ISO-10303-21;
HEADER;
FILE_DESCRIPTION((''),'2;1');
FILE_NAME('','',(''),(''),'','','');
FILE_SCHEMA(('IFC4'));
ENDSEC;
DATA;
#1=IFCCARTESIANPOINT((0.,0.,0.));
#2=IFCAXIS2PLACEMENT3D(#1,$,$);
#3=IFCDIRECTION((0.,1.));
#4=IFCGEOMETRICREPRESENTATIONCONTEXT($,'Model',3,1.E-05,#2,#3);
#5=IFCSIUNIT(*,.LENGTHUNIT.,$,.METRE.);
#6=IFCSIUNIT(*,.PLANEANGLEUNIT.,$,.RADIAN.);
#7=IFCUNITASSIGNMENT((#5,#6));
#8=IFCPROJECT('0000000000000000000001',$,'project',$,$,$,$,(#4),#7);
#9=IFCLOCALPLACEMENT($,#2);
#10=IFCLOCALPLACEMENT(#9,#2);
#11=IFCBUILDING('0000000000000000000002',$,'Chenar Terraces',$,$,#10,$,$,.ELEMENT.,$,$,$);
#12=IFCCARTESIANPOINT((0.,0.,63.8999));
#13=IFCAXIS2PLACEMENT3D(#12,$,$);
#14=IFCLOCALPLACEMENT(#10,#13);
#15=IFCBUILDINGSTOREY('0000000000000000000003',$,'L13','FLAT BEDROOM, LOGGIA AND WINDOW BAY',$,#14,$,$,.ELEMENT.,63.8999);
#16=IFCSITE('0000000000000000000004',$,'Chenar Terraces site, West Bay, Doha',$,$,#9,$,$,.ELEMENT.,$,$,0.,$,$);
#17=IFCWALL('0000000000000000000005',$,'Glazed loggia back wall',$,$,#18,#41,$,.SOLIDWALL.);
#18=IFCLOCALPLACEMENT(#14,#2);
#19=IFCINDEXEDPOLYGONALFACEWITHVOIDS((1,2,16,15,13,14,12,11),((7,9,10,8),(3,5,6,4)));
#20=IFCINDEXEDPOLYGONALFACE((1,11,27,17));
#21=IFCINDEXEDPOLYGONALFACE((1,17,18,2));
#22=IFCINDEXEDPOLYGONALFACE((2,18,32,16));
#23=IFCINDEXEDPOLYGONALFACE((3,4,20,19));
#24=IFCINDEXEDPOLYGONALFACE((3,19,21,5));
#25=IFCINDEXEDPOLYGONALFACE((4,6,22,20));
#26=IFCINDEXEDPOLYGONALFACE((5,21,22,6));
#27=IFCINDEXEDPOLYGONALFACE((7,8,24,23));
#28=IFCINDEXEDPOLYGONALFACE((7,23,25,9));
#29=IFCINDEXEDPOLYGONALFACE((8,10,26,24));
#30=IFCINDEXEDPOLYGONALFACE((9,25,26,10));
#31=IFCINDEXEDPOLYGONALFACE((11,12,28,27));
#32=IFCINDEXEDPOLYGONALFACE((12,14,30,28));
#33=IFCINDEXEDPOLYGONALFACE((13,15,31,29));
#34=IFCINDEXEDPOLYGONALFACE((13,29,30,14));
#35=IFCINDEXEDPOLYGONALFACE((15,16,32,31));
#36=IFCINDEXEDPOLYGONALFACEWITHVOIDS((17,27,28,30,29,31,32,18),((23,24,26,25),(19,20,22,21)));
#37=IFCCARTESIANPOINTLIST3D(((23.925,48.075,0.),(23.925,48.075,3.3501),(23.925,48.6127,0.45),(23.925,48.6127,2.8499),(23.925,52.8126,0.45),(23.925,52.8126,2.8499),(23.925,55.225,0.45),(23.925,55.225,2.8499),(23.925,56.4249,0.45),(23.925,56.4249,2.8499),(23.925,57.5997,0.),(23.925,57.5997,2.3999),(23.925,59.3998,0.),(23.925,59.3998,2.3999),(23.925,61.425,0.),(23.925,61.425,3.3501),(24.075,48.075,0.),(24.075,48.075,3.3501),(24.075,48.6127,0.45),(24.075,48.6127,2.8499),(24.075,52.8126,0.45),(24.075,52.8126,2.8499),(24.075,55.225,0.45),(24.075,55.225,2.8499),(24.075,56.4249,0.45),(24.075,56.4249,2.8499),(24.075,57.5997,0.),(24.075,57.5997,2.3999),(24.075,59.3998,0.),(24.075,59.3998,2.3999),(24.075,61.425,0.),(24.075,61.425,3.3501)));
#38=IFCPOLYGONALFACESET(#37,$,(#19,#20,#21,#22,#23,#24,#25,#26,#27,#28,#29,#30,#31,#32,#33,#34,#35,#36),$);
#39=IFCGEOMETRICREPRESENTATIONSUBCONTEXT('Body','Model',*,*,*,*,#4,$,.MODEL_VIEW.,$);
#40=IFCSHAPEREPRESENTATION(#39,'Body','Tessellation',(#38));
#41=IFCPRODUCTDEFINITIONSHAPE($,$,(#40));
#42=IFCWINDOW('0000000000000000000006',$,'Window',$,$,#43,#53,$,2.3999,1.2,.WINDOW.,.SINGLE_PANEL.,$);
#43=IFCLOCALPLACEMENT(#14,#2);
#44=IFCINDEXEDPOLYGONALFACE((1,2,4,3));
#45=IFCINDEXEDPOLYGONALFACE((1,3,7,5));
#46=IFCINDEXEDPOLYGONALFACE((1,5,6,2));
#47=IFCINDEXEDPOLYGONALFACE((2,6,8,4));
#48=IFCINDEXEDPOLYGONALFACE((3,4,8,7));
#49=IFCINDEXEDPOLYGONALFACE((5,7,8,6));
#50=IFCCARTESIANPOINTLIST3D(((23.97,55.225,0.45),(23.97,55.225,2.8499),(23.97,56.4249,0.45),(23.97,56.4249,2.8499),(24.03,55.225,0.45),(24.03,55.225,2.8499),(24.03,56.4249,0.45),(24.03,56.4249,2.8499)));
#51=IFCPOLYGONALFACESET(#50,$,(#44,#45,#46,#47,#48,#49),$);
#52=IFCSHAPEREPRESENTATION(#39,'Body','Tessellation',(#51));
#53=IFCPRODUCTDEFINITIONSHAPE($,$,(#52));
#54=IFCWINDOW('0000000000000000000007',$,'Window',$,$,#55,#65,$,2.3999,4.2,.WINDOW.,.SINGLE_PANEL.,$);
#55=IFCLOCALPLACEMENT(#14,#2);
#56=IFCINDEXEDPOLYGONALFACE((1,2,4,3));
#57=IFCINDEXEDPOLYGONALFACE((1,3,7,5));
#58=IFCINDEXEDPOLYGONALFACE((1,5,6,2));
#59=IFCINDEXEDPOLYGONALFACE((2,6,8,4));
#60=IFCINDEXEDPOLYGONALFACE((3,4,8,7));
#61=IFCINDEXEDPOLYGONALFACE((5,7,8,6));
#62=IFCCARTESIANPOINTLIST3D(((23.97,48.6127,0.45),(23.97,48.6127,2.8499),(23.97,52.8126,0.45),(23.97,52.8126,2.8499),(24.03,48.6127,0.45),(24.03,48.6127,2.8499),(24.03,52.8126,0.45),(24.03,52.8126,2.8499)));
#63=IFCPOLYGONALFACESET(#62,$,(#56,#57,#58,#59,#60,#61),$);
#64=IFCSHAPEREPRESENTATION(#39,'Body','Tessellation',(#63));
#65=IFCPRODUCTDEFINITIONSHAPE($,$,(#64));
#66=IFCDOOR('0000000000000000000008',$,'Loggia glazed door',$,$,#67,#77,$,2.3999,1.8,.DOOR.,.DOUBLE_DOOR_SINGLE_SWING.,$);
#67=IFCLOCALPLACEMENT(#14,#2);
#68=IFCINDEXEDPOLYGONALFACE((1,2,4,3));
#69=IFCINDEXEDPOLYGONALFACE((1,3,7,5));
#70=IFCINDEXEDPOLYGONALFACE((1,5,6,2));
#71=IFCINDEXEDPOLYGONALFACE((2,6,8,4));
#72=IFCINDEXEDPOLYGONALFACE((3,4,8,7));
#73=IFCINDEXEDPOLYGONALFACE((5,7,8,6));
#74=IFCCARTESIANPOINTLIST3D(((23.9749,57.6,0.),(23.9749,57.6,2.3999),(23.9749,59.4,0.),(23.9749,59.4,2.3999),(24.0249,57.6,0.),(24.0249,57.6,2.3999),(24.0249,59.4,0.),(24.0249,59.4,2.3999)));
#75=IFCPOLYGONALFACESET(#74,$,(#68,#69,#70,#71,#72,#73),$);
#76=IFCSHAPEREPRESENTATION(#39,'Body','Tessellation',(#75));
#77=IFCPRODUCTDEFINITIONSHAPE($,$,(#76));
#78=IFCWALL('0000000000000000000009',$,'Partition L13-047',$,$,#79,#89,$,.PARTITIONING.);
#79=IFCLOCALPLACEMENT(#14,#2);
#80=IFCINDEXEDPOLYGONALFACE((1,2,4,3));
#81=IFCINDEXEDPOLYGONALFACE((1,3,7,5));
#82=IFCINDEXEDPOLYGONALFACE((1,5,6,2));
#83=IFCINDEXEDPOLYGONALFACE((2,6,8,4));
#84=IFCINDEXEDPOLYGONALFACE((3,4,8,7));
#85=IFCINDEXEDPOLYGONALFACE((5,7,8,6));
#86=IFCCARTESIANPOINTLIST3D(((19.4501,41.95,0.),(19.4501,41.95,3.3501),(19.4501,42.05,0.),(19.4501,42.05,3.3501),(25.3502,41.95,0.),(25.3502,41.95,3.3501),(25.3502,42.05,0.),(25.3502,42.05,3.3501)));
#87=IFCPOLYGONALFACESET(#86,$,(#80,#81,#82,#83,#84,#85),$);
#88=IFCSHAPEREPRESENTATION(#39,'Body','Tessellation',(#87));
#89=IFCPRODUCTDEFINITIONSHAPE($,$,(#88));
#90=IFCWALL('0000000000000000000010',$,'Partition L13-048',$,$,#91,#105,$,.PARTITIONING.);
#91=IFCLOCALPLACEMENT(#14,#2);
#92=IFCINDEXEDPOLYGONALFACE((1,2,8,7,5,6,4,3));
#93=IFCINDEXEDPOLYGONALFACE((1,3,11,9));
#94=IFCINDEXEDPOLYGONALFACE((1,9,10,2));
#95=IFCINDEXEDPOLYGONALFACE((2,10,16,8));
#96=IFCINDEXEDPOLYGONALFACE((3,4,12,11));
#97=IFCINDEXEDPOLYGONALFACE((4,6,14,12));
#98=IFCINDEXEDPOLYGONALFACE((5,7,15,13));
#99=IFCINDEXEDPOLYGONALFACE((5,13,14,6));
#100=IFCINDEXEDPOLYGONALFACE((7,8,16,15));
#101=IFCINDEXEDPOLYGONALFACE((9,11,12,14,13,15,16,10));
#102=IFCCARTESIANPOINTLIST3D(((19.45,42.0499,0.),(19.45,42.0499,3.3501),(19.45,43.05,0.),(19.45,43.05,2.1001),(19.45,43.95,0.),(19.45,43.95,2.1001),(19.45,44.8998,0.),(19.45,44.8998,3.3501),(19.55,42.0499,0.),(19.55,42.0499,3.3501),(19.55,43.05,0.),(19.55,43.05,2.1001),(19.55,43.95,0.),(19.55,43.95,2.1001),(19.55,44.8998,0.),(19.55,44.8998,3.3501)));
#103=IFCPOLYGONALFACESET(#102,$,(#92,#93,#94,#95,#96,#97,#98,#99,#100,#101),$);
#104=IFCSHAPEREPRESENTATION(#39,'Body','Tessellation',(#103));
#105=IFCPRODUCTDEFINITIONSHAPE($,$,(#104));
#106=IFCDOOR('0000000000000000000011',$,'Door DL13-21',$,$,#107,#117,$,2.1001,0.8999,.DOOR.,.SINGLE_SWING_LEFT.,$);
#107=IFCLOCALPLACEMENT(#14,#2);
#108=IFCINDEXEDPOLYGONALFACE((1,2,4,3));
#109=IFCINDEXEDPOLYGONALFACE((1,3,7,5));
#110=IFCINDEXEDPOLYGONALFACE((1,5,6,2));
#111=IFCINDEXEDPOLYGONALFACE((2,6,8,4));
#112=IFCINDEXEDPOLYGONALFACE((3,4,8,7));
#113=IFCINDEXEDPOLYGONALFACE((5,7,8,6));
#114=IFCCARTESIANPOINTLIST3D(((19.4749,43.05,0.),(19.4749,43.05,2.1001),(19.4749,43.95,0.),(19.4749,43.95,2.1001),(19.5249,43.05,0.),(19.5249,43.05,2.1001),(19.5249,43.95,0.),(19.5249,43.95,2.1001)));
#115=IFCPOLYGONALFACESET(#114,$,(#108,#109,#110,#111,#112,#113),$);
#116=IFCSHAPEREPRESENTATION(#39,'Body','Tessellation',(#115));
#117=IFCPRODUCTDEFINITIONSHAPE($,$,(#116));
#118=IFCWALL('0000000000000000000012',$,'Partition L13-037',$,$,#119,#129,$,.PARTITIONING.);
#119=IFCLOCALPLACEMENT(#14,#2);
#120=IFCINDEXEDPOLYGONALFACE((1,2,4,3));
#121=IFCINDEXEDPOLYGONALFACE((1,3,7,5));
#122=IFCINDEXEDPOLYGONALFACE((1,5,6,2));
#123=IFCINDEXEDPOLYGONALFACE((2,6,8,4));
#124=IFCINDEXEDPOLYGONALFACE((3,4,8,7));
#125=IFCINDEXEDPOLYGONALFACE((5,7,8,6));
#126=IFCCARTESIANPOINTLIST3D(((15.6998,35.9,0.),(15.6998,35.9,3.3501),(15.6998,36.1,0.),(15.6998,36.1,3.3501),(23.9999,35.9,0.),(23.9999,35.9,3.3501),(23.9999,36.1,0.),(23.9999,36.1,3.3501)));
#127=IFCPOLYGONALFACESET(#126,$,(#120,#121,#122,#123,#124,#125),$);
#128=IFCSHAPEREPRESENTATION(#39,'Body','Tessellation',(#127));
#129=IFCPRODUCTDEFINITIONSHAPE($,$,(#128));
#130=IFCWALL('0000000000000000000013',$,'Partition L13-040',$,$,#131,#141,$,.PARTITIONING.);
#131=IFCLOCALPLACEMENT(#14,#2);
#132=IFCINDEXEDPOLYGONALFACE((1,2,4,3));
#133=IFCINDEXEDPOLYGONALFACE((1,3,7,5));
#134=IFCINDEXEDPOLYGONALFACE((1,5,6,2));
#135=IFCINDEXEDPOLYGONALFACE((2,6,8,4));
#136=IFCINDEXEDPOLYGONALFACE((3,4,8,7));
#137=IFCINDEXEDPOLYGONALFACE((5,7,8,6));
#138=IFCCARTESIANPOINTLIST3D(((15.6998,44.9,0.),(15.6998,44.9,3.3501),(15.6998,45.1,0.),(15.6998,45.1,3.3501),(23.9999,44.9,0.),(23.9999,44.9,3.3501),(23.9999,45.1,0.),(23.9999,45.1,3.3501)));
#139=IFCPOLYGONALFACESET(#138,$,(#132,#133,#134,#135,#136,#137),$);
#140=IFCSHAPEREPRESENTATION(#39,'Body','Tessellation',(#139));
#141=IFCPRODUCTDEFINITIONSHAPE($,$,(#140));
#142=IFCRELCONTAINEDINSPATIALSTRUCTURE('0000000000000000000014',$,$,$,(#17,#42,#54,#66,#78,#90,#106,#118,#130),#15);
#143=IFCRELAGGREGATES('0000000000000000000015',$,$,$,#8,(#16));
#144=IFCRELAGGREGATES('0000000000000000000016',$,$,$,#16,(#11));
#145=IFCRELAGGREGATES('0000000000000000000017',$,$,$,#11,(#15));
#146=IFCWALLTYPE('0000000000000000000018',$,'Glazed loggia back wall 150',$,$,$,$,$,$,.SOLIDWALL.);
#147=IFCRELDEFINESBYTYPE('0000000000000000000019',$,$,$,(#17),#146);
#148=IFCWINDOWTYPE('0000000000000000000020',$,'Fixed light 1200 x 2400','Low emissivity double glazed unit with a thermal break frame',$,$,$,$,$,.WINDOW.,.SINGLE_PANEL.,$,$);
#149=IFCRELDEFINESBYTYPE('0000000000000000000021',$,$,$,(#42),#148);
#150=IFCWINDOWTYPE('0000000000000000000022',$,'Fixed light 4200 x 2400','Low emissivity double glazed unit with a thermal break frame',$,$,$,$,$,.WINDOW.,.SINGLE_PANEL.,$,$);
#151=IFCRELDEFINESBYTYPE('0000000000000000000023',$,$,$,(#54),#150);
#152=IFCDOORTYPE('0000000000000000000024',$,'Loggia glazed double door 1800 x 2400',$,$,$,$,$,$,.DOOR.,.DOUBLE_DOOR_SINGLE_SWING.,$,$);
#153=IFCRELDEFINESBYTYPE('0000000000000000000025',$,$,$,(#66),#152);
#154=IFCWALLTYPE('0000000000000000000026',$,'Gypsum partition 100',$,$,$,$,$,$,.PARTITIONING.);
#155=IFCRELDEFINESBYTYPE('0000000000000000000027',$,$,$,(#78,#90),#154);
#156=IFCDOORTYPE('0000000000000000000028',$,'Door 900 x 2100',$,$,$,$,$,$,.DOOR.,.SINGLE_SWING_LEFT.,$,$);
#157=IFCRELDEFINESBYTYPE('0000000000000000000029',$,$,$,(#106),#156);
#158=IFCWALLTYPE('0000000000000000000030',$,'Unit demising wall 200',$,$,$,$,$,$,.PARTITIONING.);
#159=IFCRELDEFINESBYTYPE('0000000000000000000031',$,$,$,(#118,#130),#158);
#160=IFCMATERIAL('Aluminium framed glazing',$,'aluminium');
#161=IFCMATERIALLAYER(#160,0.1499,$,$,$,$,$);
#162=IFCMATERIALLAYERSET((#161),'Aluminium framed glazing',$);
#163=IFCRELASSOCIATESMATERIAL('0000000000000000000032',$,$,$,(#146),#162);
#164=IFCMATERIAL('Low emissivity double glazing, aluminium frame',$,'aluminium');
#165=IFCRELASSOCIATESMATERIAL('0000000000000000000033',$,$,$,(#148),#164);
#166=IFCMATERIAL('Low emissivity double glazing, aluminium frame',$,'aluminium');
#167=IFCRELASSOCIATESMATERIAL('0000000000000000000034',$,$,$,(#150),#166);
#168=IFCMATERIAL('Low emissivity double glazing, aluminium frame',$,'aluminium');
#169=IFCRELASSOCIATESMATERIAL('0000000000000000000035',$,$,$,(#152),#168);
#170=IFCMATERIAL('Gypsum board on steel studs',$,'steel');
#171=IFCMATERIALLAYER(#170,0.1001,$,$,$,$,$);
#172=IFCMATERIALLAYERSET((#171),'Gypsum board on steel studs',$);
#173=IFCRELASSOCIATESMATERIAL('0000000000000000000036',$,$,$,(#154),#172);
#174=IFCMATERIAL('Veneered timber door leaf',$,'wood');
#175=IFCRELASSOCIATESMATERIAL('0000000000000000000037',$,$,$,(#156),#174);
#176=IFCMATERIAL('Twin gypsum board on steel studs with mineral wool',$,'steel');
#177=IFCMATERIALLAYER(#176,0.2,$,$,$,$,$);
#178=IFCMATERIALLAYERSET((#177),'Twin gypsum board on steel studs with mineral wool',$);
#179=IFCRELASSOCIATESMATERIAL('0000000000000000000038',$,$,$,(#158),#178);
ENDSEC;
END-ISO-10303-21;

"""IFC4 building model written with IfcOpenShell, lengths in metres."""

from ifc_helpers import new_model, si_unit, direction, frame, frame_2d, origin, place, context, subcontext, project, spatial, rectangle, extrude, material, layer, layer_set, type_object, element, fill, save


model = new_model("IFC4")

# Units and contexts
model_context = context("Model", 3, precision=1e-05, world=origin(), true_north=direction((0.0, 1.0)))
body_context = subcontext(model_context, "Body", "Model", "MODEL_VIEW")
ifc_project = project(units=[si_unit("LENGTHUNIT", "METRE"), si_unit("PLANEANGLEUNIT", "RADIAN")], contexts=[model_context])

# Site, building, storey
site_placement = place(None, origin())
site = spatial("IfcSite", under=ifc_project, at=site_placement, Name="Chenar Terraces site, West Bay, Doha", CompositionType="ELEMENT", RefElevation=0.0)
building_placement = place(site_placement, origin())
building = spatial("IfcBuilding", under=site, at=building_placement, Name="Chenar Terraces", CompositionType="ELEMENT")
storey_placement = place(building_placement, frame((0.0, 0.0, 63.8999)))
storey = spatial("IfcBuildingStorey", under=building, at=storey_placement, Name="L13", Description="FLAT BEDROOM, LOGGIA AND WINDOW BAY", CompositionType="ELEMENT", Elevation=63.8999)

# Wall, openings, windows, door
ifc_material_1 = material(Name="Aluminium framed glazing", Category="aluminium")
ifc_layer_1 = layer(ifc_material_1, 0.1499)
ifc_layer_set_1 = layer_set([ifc_layer_1], Name="Aluminium framed glazing")
wall_type_1 = type_object("IfcWallType", Name="Glazed loggia back wall 150", PredefinedType="SOLIDWALL", material=ifc_layer_set_1)
wall_1_placement = place(storey_placement, frame((24.0, 48.075, 0.0), z_axis=(0.0, 0.0, 1.0), x_axis=(0.0, 1.0, 0.0)))
wall_1 = element("IfcWall", 1, at=wall_1_placement, inside=storey, type_object=wall_type_1, Name="Glazed loggia back wall", PredefinedType="SOLIDWALL", context=body_context, shape_type="SweptSolid", body=[
    extrude(rectangle(XDim=13.3501, YDim=0.1499, at=frame_2d((6.675, 0.0))), origin(), (0.0, 0.0, 1.0), 3.3501),
])
opening_1_placement = place(wall_1_placement, frame((0.5376, 0.0, 0.45)))
opening_1 = element("IfcOpeningElement", 2, at=opening_1_placement, cuts=wall_1, PredefinedType="OPENING", context=body_context, shape_type="SweptSolid", body=[
    extrude(rectangle(XDim=4.2, YDim=2.3999, at=frame_2d((2.1001, 1.2))), frame((0.0, 0.085, 0.0), z_axis=(0.0, -1.0, 0.0), x_axis=(1.0, 0.0, 0.0)), (0.0, 0.0, 1.0), 0.1699),
])
opening_2_placement = place(wall_1_placement, frame((7.1499, 0.0, 0.45)))
opening_2 = element("IfcOpeningElement", 3, at=opening_2_placement, cuts=wall_1, PredefinedType="OPENING", context=body_context, shape_type="SweptSolid", body=[
    extrude(rectangle(XDim=1.2, YDim=2.3999, at=frame_2d((0.6001, 1.2))), frame((0.0, 0.085, 0.0), z_axis=(0.0, -1.0, 0.0), x_axis=(1.0, 0.0, 0.0)), (0.0, 0.0, 1.0), 0.1699),
])
opening_3_placement = place(wall_1_placement, frame((9.5249, 0.0, 0.0)))
opening_3 = element("IfcOpeningElement", 4, at=opening_3_placement, cuts=wall_1, PredefinedType="OPENING", context=body_context, shape_type="SweptSolid", body=[
    extrude(rectangle(XDim=1.8, YDim=2.3999, at=frame_2d((0.8999, 1.2))), frame((0.0, 0.085, 0.0), z_axis=(0.0, -1.0, 0.0), x_axis=(1.0, 0.0, 0.0)), (0.0, 0.0, 1.0), 0.1699),
])
ifc_material_2 = material(Name="Low emissivity double glazing, aluminium frame", Category="aluminium")
window_type_1 = type_object("IfcWindowType", Name="Fixed light 1200 x 2400", Description="Low emissivity double glazed unit with a thermal break frame", PartitioningType="SINGLE_PANEL", PredefinedType="WINDOW", material=ifc_material_2)
window_1_placement = place(opening_2_placement, origin())
window_1 = element("IfcWindow", 5, at=window_1_placement, inside=storey, type_object=window_type_1, Name="Window", OverallHeight=2.3999, OverallWidth=1.2, PartitioningType="SINGLE_PANEL", PredefinedType="WINDOW", context=body_context, shape_type="SweptSolid", body=[
    extrude(rectangle(XDim=1.2, YDim=2.3999, at=frame_2d((0.6001, 1.2))), frame((0.0, 0.03, 0.0), z_axis=(0.0, -1.0, 0.0), x_axis=(1.0, 0.0, 0.0)), (0.0, 0.0, 1.0), 0.0601),
])
fill(opening_2, window_1)
ifc_material_3 = material(Name="Low emissivity double glazing, aluminium frame", Category="aluminium")
window_type_2 = type_object("IfcWindowType", Name="Fixed light 4200 x 2400", Description="Low emissivity double glazed unit with a thermal break frame", PartitioningType="SINGLE_PANEL", PredefinedType="WINDOW", material=ifc_material_3)
window_2_placement = place(opening_1_placement, origin())
window_2 = element("IfcWindow", 6, at=window_2_placement, inside=storey, type_object=window_type_2, Name="Window", OverallHeight=2.3999, OverallWidth=4.2, PartitioningType="SINGLE_PANEL", PredefinedType="WINDOW", context=body_context, shape_type="SweptSolid", body=[
    extrude(rectangle(XDim=4.2, YDim=2.3999, at=frame_2d((2.1001, 1.2))), frame((0.0, 0.03, 0.0), z_axis=(0.0, -1.0, 0.0), x_axis=(1.0, 0.0, 0.0)), (0.0, 0.0, 1.0), 0.0601),
])
fill(opening_1, window_2)
ifc_material_4 = material(Name="Low emissivity double glazing, aluminium frame", Category="aluminium")
door_type_1 = type_object("IfcDoorType", Name="Loggia glazed double door 1800 x 2400", OperationType="DOUBLE_DOOR_SINGLE_SWING", PredefinedType="DOOR", material=ifc_material_4)
door_1_placement = place(opening_3_placement, frame((1.8, 0.0, 0.0), z_axis=(0.0, 0.0, 1.0), x_axis=(-1.0, 0.0, 0.0)))
door_1 = element("IfcDoor", 7, at=door_1_placement, inside=storey, type_object=door_type_1, Name="Loggia glazed door", OperationType="DOUBLE_DOOR_SINGLE_SWING", OverallHeight=2.3999, OverallWidth=1.8, PredefinedType="DOOR", context=body_context, shape_type="SweptSolid", body=[
    extrude(rectangle(XDim=1.8, YDim=2.3999, at=frame_2d((0.8999, 1.2))), frame((0.0, 0.0249, 0.0), z_axis=(0.0, -1.0, 0.0), x_axis=(1.0, 0.0, 0.0)), (0.0, 0.0, 1.0), 0.05),
])
fill(opening_3, door_1)

# Wall
ifc_material_5 = material(Name="Gypsum board on steel studs", Category="steel")
ifc_layer_2 = layer(ifc_material_5, 0.1001)
ifc_layer_set_2 = layer_set([ifc_layer_2], Name="Gypsum board on steel studs")
wall_type_2 = type_object("IfcWallType", Name="Gypsum partition 100", PredefinedType="PARTITIONING", material=ifc_layer_set_2)
wall_2_placement = place(storey_placement, frame((19.45, 42.0, 0.0), z_axis=(0.0, 0.0, 1.0), x_axis=(1.0, 0.0, 0.0)))
element("IfcWall", 8, at=wall_2_placement, inside=storey, type_object=wall_type_2, Name="Partition L13-047", PredefinedType="PARTITIONING", context=body_context, shape_type="SweptSolid", body=[
    extrude(rectangle(XDim=5.9001, YDim=0.1001, at=frame_2d((2.9502, 0.0))), origin(), (0.0, 0.0, 1.0), 3.3501),
])

# Wall, opening, door
wall_3_placement = place(storey_placement, frame((19.5, 42.05, 0.0), z_axis=(0.0, 0.0, 1.0), x_axis=(0.0, 1.0, 0.0)))
wall_3 = element("IfcWall", 9, at=wall_3_placement, inside=storey, type_object=wall_type_2, Name="Partition L13-048", PredefinedType="PARTITIONING", context=body_context, shape_type="SweptSolid", body=[
    extrude(rectangle(XDim=2.8499, YDim=0.1001, at=frame_2d((1.4248, 0.0))), origin(), (0.0, 0.0, 1.0), 3.3501),
])
opening_4_placement = place(wall_3_placement, frame((1.0, 0.0, 0.0)))
opening_4 = element("IfcOpeningElement", 10, at=opening_4_placement, cuts=wall_3, PredefinedType="OPENING", context=body_context, shape_type="SweptSolid", body=[
    extrude(rectangle(XDim=0.8999, YDim=2.1001, at=frame_2d((0.45, 1.05))), frame((0.0, 0.0601, 0.0), z_axis=(0.0, -1.0, 0.0), x_axis=(1.0, 0.0, 0.0)), (0.0, 0.0, 1.0), 0.1201),
])
ifc_material_6 = material(Name="Veneered timber door leaf", Category="wood")
door_type_2 = type_object("IfcDoorType", Name="Door 900 x 2100", OperationType="SINGLE_SWING_LEFT", PredefinedType="DOOR", material=ifc_material_6)
door_2_placement = place(opening_4_placement, frame((0.8999, 0.0, 0.0), z_axis=(0.0, 0.0, 1.0), x_axis=(-1.0, 0.0, 0.0)))
door_2 = element("IfcDoor", 11, at=door_2_placement, inside=storey, type_object=door_type_2, Name="Door DL13-21", OperationType="SINGLE_SWING_LEFT", OverallHeight=2.1001, OverallWidth=0.8999, PredefinedType="DOOR", context=body_context, shape_type="SweptSolid", body=[
    extrude(rectangle(XDim=0.8999, YDim=2.1001, at=frame_2d((0.45, 1.05))), frame((0.0, 0.0249, 0.0), z_axis=(0.0, -1.0, 0.0), x_axis=(1.0, 0.0, 0.0)), (0.0, 0.0, 1.0), 0.05),
])
fill(opening_4, door_2)

# Walls
ifc_material_7 = material(Name="Twin gypsum board on steel studs with mineral wool", Category="steel")
ifc_layer_3 = layer(ifc_material_7, 0.2)
ifc_layer_set_3 = layer_set([ifc_layer_3], Name="Twin gypsum board on steel studs with mineral wool")
wall_type_3 = type_object("IfcWallType", Name="Unit demising wall 200", PredefinedType="PARTITIONING", material=ifc_layer_set_3)
for number, where, z_axis, x_axis, name in (
    (12, (15.7, 36.0, 0.0), (0.0, 0.0, 1.0), (1.0, 0.0, 0.0), "Partition L13-037"),
    (13, (15.7, 45.0, 0.0), (0.0, 0.0, 1.0), (1.0, 0.0, 0.0), "Partition L13-040"),
):
    element("IfcWall", number, at=place(storey_placement, frame(where, z_axis=z_axis, x_axis=x_axis)), inside=storey, type_object=wall_type_3, Name=name, PredefinedType="PARTITIONING", context=body_context, shape_type="SweptSolid", body=[
        extrude(rectangle(XDim=8.3, YDim=0.2, at=frame_2d((4.1499, 0.0))), origin(), (0.0, 0.0, 1.0), 3.3501),
    ])

save(model, "model.ifc")
